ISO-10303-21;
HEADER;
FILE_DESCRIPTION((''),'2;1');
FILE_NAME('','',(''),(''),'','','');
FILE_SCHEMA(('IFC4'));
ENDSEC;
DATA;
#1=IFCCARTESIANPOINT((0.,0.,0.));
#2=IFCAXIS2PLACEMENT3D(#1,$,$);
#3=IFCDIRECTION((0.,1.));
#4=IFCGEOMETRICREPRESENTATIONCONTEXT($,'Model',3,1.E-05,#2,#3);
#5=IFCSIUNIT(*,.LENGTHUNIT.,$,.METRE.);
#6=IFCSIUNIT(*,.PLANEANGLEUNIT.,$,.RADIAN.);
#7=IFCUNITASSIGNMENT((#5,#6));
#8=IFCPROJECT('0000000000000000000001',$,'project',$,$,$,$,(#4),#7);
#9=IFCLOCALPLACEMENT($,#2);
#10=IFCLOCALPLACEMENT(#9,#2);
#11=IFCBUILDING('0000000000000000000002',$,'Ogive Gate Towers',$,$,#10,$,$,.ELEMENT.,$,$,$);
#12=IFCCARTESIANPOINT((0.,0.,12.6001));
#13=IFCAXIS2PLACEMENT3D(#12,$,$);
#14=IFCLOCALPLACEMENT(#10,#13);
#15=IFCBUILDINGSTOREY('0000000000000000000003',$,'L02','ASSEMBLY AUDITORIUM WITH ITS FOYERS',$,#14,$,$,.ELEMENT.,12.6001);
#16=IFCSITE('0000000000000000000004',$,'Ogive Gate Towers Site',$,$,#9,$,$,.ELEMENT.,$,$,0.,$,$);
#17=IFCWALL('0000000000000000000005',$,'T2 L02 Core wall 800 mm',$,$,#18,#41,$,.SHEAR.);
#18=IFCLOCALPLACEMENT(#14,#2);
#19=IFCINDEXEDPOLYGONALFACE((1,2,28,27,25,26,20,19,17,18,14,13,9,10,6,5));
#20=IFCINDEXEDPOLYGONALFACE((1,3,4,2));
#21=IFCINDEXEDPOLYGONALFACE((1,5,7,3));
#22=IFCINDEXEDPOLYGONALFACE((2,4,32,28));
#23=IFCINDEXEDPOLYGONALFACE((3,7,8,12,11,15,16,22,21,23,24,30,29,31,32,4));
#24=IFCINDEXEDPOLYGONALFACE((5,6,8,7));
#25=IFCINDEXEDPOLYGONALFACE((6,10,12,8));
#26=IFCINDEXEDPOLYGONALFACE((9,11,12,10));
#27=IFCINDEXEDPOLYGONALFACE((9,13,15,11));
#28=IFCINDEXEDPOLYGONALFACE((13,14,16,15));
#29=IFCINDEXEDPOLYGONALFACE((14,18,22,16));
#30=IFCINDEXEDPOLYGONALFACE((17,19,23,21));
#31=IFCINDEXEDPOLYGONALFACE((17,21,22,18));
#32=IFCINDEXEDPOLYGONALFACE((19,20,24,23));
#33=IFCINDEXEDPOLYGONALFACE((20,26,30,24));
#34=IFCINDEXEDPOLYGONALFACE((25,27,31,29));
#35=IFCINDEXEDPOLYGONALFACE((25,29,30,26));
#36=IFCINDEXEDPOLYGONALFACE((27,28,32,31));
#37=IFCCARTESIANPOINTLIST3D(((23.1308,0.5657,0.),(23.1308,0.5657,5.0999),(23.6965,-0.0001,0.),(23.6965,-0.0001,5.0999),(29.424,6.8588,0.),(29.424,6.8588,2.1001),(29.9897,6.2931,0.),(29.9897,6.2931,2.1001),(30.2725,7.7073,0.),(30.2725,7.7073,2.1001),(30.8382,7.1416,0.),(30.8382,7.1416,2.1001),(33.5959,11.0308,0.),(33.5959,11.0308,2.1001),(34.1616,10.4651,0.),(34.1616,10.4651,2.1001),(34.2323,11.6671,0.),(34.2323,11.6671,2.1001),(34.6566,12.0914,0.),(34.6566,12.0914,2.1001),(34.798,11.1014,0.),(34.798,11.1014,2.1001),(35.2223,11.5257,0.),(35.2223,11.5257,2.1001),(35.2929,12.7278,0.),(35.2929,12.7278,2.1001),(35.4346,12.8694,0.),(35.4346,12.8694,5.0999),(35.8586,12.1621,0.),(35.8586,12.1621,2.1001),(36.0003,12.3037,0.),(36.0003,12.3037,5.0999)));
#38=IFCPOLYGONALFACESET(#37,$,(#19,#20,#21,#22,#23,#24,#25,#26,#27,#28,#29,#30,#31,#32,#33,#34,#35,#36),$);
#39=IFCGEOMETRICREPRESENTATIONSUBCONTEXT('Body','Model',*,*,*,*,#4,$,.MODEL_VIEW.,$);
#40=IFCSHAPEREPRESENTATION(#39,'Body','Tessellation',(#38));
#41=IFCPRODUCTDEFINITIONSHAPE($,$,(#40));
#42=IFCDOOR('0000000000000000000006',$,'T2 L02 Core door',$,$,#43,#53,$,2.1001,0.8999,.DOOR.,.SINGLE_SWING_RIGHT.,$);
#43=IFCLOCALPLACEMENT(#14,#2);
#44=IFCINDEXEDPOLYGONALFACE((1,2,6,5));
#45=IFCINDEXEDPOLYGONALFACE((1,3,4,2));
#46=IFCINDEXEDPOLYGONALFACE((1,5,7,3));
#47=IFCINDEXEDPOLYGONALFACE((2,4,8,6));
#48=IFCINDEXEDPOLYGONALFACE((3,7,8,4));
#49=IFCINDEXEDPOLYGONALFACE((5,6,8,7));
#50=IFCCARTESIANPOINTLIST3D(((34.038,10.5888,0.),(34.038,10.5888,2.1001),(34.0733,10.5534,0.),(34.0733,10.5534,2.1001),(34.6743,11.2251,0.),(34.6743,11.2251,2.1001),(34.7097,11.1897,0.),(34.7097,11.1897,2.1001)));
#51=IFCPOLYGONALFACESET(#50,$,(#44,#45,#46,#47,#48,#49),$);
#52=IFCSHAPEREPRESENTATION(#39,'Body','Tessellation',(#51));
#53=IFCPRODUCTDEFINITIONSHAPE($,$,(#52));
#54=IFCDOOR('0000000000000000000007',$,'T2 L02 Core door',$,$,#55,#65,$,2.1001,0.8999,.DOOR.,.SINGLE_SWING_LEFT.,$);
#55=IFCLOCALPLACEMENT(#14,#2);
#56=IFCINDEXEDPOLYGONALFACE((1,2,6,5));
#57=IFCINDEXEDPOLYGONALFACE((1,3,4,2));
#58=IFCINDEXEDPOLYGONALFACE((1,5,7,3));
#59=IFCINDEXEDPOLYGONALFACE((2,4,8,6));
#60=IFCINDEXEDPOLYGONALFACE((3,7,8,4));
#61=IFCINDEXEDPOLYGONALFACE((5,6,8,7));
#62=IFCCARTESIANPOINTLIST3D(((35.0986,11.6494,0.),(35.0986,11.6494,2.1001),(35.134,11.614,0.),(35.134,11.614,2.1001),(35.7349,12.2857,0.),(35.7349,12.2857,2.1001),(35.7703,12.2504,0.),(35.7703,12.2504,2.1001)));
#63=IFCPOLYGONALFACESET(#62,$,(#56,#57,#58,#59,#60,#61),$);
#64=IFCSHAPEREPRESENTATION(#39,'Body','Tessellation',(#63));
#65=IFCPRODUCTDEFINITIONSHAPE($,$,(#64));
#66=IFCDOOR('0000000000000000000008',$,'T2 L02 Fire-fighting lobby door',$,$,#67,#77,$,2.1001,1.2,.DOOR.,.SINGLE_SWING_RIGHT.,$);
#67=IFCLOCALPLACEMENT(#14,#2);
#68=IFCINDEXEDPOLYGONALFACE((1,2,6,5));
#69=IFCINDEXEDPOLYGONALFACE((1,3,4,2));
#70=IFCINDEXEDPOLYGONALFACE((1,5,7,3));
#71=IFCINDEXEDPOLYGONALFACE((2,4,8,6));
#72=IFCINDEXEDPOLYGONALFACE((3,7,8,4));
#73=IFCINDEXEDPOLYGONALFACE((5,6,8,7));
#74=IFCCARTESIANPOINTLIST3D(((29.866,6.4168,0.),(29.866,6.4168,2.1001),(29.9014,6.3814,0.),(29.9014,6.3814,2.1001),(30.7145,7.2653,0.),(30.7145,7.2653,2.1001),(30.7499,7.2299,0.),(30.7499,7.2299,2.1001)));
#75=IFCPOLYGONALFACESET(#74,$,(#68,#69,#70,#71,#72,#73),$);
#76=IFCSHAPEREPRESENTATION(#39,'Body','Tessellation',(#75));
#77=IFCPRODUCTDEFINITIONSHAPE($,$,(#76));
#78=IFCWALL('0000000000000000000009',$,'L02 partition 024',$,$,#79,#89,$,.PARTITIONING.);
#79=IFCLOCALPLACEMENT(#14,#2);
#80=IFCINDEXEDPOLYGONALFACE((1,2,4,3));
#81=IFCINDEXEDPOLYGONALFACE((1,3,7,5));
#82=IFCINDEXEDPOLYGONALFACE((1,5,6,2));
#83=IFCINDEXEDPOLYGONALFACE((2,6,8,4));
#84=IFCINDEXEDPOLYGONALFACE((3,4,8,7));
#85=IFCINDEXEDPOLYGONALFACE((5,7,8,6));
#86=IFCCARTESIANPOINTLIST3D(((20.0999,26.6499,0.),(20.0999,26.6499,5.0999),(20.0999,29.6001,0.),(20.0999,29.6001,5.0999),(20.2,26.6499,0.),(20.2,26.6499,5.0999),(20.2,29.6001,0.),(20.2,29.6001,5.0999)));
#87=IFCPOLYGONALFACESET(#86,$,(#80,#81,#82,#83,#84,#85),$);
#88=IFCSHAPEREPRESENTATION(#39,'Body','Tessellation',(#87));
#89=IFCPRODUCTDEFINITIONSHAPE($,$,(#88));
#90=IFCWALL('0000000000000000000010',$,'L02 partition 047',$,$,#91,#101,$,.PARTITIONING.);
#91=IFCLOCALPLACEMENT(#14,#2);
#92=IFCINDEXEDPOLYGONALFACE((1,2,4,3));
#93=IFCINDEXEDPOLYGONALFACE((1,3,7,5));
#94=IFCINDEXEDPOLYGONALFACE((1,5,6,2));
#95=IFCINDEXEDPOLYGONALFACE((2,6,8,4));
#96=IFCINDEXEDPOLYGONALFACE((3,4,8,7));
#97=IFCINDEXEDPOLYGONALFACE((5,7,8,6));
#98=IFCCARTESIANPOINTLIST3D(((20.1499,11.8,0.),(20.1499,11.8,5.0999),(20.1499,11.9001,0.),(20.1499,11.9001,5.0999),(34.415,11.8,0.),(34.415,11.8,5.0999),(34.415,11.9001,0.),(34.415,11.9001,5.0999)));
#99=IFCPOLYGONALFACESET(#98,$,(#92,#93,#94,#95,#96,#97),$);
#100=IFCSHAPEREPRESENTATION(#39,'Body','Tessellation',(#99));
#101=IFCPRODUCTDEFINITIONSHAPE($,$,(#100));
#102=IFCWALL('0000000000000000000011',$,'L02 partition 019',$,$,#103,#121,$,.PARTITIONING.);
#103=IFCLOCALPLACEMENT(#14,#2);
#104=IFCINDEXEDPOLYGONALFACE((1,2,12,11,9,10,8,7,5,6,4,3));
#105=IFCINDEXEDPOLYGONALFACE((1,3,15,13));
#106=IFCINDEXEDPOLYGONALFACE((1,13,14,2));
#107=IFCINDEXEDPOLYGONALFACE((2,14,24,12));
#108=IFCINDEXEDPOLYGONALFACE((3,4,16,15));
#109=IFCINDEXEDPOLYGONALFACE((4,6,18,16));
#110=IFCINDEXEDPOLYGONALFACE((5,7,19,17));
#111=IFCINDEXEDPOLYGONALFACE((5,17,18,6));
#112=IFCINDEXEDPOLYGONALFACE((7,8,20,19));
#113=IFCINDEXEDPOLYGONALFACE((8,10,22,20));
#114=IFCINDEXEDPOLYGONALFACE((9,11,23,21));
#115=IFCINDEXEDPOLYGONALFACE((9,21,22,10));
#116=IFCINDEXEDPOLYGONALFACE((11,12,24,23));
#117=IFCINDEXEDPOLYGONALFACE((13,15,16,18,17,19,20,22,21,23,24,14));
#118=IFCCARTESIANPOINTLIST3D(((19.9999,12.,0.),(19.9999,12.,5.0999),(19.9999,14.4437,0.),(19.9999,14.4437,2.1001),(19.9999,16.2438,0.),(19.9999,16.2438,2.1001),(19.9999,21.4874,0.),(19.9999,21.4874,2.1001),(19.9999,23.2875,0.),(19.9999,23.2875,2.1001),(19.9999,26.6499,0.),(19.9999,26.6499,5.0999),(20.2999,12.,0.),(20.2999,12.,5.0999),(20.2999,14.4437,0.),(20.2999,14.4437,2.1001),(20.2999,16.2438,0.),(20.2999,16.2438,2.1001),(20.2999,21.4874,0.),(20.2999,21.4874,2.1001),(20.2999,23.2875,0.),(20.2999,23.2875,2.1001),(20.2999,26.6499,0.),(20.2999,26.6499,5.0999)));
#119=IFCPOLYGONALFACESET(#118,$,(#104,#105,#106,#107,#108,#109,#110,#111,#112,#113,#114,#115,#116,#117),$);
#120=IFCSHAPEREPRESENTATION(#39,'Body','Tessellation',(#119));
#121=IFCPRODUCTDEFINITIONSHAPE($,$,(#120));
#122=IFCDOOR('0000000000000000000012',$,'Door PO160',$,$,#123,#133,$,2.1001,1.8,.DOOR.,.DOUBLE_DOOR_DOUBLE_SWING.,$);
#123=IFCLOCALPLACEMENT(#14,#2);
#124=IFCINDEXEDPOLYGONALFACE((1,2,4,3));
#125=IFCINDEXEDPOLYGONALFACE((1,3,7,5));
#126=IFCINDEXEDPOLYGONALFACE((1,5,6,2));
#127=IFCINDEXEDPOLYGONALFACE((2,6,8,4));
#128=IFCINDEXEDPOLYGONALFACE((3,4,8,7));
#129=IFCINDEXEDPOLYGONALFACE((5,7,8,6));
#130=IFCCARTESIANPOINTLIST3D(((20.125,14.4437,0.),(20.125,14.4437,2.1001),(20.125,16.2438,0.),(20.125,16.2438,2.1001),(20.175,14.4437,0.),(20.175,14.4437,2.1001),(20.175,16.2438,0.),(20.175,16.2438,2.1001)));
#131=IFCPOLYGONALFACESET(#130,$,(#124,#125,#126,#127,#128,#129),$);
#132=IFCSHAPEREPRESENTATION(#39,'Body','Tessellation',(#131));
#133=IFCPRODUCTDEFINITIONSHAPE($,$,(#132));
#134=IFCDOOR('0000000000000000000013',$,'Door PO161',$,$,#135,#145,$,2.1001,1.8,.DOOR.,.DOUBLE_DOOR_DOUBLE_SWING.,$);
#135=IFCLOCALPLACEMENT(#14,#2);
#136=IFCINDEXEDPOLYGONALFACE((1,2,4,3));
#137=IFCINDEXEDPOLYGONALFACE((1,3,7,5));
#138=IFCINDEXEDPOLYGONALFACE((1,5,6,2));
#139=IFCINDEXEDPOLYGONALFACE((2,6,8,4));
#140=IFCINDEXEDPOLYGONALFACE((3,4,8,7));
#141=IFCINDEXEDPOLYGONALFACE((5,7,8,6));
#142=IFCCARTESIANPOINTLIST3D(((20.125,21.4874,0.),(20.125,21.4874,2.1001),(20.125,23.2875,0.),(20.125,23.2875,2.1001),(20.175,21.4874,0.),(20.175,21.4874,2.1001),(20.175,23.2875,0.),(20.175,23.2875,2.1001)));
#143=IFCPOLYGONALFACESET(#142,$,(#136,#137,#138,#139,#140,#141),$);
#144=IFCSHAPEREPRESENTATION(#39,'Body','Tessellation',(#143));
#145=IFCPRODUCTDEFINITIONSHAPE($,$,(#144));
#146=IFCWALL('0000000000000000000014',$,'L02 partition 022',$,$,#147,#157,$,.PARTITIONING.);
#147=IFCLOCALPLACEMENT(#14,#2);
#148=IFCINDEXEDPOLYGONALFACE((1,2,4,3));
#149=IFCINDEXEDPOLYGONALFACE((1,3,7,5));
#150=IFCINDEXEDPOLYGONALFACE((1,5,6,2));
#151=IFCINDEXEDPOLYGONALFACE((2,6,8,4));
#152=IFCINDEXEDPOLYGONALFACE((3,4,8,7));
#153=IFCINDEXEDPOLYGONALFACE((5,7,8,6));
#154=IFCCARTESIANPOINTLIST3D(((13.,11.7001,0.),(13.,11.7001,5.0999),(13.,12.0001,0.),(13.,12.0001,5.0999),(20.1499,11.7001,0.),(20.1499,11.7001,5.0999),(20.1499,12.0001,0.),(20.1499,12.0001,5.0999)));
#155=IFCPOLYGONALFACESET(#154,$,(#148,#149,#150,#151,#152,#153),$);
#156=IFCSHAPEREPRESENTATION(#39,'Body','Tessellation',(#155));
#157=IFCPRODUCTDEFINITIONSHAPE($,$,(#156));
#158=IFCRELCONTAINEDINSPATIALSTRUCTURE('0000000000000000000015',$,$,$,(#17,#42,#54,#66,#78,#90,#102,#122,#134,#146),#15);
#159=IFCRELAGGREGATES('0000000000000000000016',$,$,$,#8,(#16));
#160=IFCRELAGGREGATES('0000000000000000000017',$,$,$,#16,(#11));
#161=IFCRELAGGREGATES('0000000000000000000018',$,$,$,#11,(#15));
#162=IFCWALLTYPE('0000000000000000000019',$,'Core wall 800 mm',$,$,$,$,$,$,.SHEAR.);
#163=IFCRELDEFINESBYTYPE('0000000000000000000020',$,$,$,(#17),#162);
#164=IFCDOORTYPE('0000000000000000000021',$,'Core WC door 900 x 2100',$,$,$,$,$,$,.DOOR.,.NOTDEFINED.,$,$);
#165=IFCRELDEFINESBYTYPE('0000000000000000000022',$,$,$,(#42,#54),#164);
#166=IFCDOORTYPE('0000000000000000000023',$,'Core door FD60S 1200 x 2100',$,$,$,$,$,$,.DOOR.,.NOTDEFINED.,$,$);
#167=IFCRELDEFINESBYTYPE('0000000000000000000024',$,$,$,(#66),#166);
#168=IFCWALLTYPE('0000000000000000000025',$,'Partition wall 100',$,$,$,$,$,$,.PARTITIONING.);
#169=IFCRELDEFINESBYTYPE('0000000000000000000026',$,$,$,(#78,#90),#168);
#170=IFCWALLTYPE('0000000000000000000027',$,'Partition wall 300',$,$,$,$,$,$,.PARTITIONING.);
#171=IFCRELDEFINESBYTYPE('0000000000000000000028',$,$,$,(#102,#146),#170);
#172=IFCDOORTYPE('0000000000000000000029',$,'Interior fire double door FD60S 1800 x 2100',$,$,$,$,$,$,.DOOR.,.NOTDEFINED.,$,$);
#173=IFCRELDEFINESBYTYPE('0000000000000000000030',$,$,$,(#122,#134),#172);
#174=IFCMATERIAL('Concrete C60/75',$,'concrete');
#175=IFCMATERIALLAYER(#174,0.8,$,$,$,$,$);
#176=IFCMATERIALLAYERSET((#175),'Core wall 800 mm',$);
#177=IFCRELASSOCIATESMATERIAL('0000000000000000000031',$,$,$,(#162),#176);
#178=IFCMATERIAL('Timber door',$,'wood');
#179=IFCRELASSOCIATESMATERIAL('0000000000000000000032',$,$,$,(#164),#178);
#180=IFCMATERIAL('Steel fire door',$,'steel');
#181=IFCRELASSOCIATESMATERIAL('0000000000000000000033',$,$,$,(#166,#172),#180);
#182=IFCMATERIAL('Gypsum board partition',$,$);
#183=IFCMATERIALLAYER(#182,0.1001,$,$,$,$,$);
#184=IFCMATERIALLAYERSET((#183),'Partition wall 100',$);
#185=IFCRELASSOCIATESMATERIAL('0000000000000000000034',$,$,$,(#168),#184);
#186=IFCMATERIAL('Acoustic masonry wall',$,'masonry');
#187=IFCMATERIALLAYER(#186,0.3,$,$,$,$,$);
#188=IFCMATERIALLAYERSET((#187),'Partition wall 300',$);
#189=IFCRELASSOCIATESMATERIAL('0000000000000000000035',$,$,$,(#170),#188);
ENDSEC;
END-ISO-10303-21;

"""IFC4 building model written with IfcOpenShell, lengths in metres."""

from ifc_helpers import new_model, si_unit, direction, frame, frame_2d, origin, place, context, subcontext, project, spatial, rectangle, extrude, material, layer, layer_set, type_object, element, fill, save


model = new_model("IFC4")

# Units and contexts
model_context = context("Model", 3, precision=1e-05, world=origin(), true_north=direction((0.0, 1.0)))
body_context = subcontext(model_context, "Body", "Model", "MODEL_VIEW")
ifc_project = project(units=[si_unit("LENGTHUNIT", "METRE"), si_unit("PLANEANGLEUNIT", "RADIAN")], contexts=[model_context])

# Site, building, storey
site_placement = place(None, origin())
site = spatial("IfcSite", under=ifc_project, at=site_placement, Name="Ogive Gate Towers Site", CompositionType="ELEMENT", RefElevation=0.0)
building_placement = place(site_placement, origin())
building = spatial("IfcBuilding", under=site, at=building_placement, Name="Ogive Gate Towers", CompositionType="ELEMENT")
storey_placement = place(building_placement, frame((0.0, 0.0, 12.6001)))
storey = spatial("IfcBuildingStorey", under=building, at=storey_placement, Name="L02", Description="ASSEMBLY AUDITORIUM WITH ITS FOYERS", CompositionType="ELEMENT", Elevation=12.6001)

# Wall, openings, doors
ifc_material_1 = material(Name="Concrete C60/75", Category="concrete")
ifc_layer_1 = layer(ifc_material_1, 0.8)
ifc_layer_set_1 = layer_set([ifc_layer_1], Name="Core wall 800 mm")
wall_type_1 = type_object("IfcWallType", Name="Core wall 800 mm", PredefinedType="SHEAR", material=ifc_layer_set_1)
wall_1_placement = place(storey_placement, frame((23.4136, 0.2827, 0.0), z_axis=(0.0, 0.0, 1.0), x_axis=(0.707107, 0.707107, 0.0)))
wall_1 = element("IfcWall", 1, at=wall_1_placement, inside=storey, type_object=wall_type_1, Name="T2 L02 Core wall 800 mm", PredefinedType="SHEAR", context=body_context, shape_type="SweptSolid", body=[
    extrude(rectangle(XDim=17.4001, YDim=0.8, at=frame_2d((8.7002, 0.0))), origin(), (0.0, 0.0, 1.0), 5.0999),
])
opening_1_placement = place(wall_1_placement, frame((8.8999, 0.0, 0.0)))
opening_1 = element("IfcOpeningElement", 2, at=opening_1_placement, cuts=wall_1, PredefinedType="OPENING", context=body_context, shape_type="SweptSolid", body=[
    extrude(rectangle(XDim=1.2, YDim=2.1001, at=frame_2d((0.6001, 1.05))), frame((0.0, 0.4102, 0.0), z_axis=(0.0, -1.0, 0.0), x_axis=(1.0, 0.0, 0.0)), (0.0, 0.0, 1.0), 0.8201),
])
opening_2_placement = place(wall_1_placement, frame((14.8, 0.0, 0.0)))
opening_2 = element("IfcOpeningElement", 3, at=opening_2_placement, cuts=wall_1, PredefinedType="OPENING", context=body_context, shape_type="SweptSolid", body=[
    extrude(rectangle(XDim=0.8999, YDim=2.1001, at=frame_2d((0.45, 1.05))), frame((0.0, 0.4102, 0.0), z_axis=(0.0, -1.0, 0.0), x_axis=(1.0, 0.0, 0.0)), (0.0, 0.0, 1.0), 0.8201),
])
opening_3_placement = place(wall_1_placement, frame((16.3, 0.0, 0.0)))
opening_3 = element("IfcOpeningElement", 4, at=opening_3_placement, cuts=wall_1, PredefinedType="OPENING", context=body_context, shape_type="SweptSolid", body=[
    extrude(rectangle(XDim=0.8999, YDim=2.1001, at=frame_2d((0.45, 1.05))), frame((0.0, 0.4102, 0.0), z_axis=(0.0, -1.0, 0.0), x_axis=(1.0, 0.0, 0.0)), (0.0, 0.0, 1.0), 0.8201),
])
ifc_material_2 = material(Name="Timber door", Category="wood")
door_type_1 = type_object("IfcDoorType", Name="Core WC door 900 x 2100", OperationType="NOTDEFINED", PredefinedType="DOOR", material=ifc_material_2)
door_1_placement = place(opening_2_placement, origin())
door_1 = element("IfcDoor", 5, at=door_1_placement, inside=storey, type_object=door_type_1, Name="T2 L02 Core door", OperationType="SINGLE_SWING_RIGHT", OverallHeight=2.1001, OverallWidth=0.8999, PredefinedType="DOOR", context=body_context, shape_type="SweptSolid", body=[
    extrude(rectangle(XDim=0.8999, YDim=2.1001, at=frame_2d((0.45, 1.05))), frame((0.0, -0.2251, 0.0), z_axis=(0.0, -1.0, 0.0), x_axis=(1.0, 0.0, 0.0)), (0.0, 0.0, 1.0), 0.05),
])
fill(opening_2, door_1)
door_2_placement = place(opening_3_placement, origin())
door_2 = element("IfcDoor", 6, at=door_2_placement, inside=storey, type_object=door_type_1, Name="T2 L02 Core door", OperationType="SINGLE_SWING_LEFT", OverallHeight=2.1001, OverallWidth=0.8999, PredefinedType="DOOR", context=body_context, shape_type="SweptSolid", body=[
    extrude(rectangle(XDim=0.8999, YDim=2.1001, at=frame_2d((0.45, 1.05))), frame((0.0, -0.2251, 0.0), z_axis=(0.0, -1.0, 0.0), x_axis=(1.0, 0.0, 0.0)), (0.0, 0.0, 1.0), 0.05),
])
fill(opening_3, door_2)
ifc_material_3 = material(Name="Steel fire door", Category="steel")
door_type_2 = type_object("IfcDoorType", Name="Core door FD60S 1200 x 2100", OperationType="NOTDEFINED", PredefinedType="DOOR", material=ifc_material_3)
door_3_placement = place(opening_1_placement, origin())
door_3 = element("IfcDoor", 7, at=door_3_placement, inside=storey, type_object=door_type_2, Name="T2 L02 Fire-fighting lobby door", OperationType="SINGLE_SWING_RIGHT", OverallHeight=2.1001, OverallWidth=1.2, PredefinedType="DOOR", context=body_context, shape_type="SweptSolid", body=[
    extrude(rectangle(XDim=1.2, YDim=2.1001, at=frame_2d((0.6001, 1.05))), frame((0.0, -0.2251, 0.0), z_axis=(0.0, -1.0, 0.0), x_axis=(1.0, 0.0, 0.0)), (0.0, 0.0, 1.0), 0.05),
])
fill(opening_1, door_3)

# Walls
ifc_material_4 = material(Name="Gypsum board partition")
ifc_layer_2 = layer(ifc_material_4, 0.1001)
ifc_layer_set_2 = layer_set([ifc_layer_2], Name="Partition wall 100")
wall_type_2 = type_object("IfcWallType", Name="Partition wall 100", PredefinedType="PARTITIONING", material=ifc_layer_set_2)
wall_2_placement = place(storey_placement, frame((20.1499, 26.6499, 0.0), z_axis=(0.0, 0.0, 1.0), x_axis=(0.0, 1.0, 0.0)))
element("IfcWall", 8, at=wall_2_placement, inside=storey, type_object=wall_type_2, Name="L02 partition 024", PredefinedType="PARTITIONING", context=body_context, shape_type="SweptSolid", body=[
    extrude(rectangle(XDim=2.9502, YDim=0.1001, at=frame_2d((1.4751, 0.0))), origin(), (0.0, 0.0, 1.0), 5.0999),
])
wall_3_placement = place(storey_placement, frame((20.1499, 11.8501, 0.0), z_axis=(0.0, 0.0, 1.0), x_axis=(1.0, 0.0, 0.0)))
element("IfcWall", 9, at=wall_3_placement, inside=storey, type_object=wall_type_2, Name="L02 partition 047", PredefinedType="PARTITIONING", context=body_context, shape_type="SweptSolid", body=[
    extrude(rectangle(XDim=14.2651, YDim=0.1001, at=frame_2d((7.1326, 0.0))), origin(), (0.0, 0.0, 1.0), 5.0999),
])

# Wall, openings, doors
ifc_material_5 = material(Name="Acoustic masonry wall", Category="masonry")
ifc_layer_3 = layer(ifc_material_5, 0.3)
ifc_layer_set_3 = layer_set([ifc_layer_3], Name="Partition wall 300")
wall_type_3 = type_object("IfcWallType", Name="Partition wall 300", PredefinedType="PARTITIONING", material=ifc_layer_set_3)
wall_4_placement = place(storey_placement, frame((20.1499, 12.0, 0.0), z_axis=(0.0, 0.0, 1.0), x_axis=(0.0, 1.0, 0.0)))
wall_4 = element("IfcWall", 10, at=wall_4_placement, inside=storey, type_object=wall_type_3, Name="L02 partition 019", PredefinedType="PARTITIONING", context=body_context, shape_type="SweptSolid", body=[
    extrude(rectangle(XDim=14.6499, YDim=0.3, at=frame_2d((7.325, 0.0))), origin(), (0.0, 0.0, 1.0), 5.0999),
])
opening_4_placement = place(wall_4_placement, frame((2.4438, 0.0, 0.0)))
opening_4 = element("IfcOpeningElement", 11, at=opening_4_placement, cuts=wall_4, PredefinedType="OPENING", context=body_context, shape_type="SweptSolid", body=[
    extrude(rectangle(XDim=1.8, YDim=2.1001, at=frame_2d((0.8999, 1.05))), frame((0.0, 0.1602, 0.0), z_axis=(0.0, -1.0, 0.0), x_axis=(1.0, 0.0, 0.0)), (0.0, 0.0, 1.0), 0.3201),
])
opening_5_placement = place(wall_4_placement, frame((9.4875, 0.0, 0.0)))
opening_5 = element("IfcOpeningElement", 12, at=opening_5_placement, cuts=wall_4, PredefinedType="OPENING", context=body_context, shape_type="SweptSolid", body=[
    extrude(rectangle(XDim=1.8, YDim=2.1001, at=frame_2d((0.8999, 1.05))), frame((0.0, 0.1602, 0.0), z_axis=(0.0, -1.0, 0.0), x_axis=(1.0, 0.0, 0.0)), (0.0, 0.0, 1.0), 0.3201),
])
door_type_3 = type_object("IfcDoorType", Name="Interior fire double door FD60S 1800 x 2100", OperationType="NOTDEFINED", PredefinedType="DOOR", material=ifc_material_3)
door_4_placement = place(opening_4_placement, origin())
door_4 = element("IfcDoor", 13, at=door_4_placement, inside=storey, type_object=door_type_3, Name="Door PO160", OperationType="DOUBLE_DOOR_DOUBLE_SWING", OverallHeight=2.1001, OverallWidth=1.8, PredefinedType="DOOR", context=body_context, shape_type="SweptSolid", body=[
    extrude(rectangle(XDim=1.8, YDim=2.1001, at=frame_2d((0.8999, 1.05))), frame((0.0, 0.0249, 0.0), z_axis=(0.0, -1.0, 0.0), x_axis=(1.0, 0.0, 0.0)), (0.0, 0.0, 1.0), 0.05),
])
fill(opening_4, door_4)
door_5_placement = place(opening_5_placement, origin())
door_5 = element("IfcDoor", 14, at=door_5_placement, inside=storey, type_object=door_type_3, Name="Door PO161", OperationType="DOUBLE_DOOR_DOUBLE_SWING", OverallHeight=2.1001, OverallWidth=1.8, PredefinedType="DOOR", context=body_context, shape_type="SweptSolid", body=[
    extrude(rectangle(XDim=1.8, YDim=2.1001, at=frame_2d((0.8999, 1.05))), frame((0.0, 0.0249, 0.0), z_axis=(0.0, -1.0, 0.0), x_axis=(1.0, 0.0, 0.0)), (0.0, 0.0, 1.0), 0.05),
])
fill(opening_5, door_5)

# Wall
wall_5_placement = place(storey_placement, frame((13.0, 11.8501, 0.0), z_axis=(0.0, 0.0, 1.0), x_axis=(1.0, 0.0, 0.0)))
element("IfcWall", 15, at=wall_5_placement, inside=storey, type_object=wall_type_3, Name="L02 partition 022", PredefinedType="PARTITIONING", context=body_context, shape_type="SweptSolid", body=[
    extrude(rectangle(XDim=7.1499, YDim=0.3, at=frame_2d((3.575, 0.0))), origin(), (0.0, 0.0, 1.0), 5.0999),
])

save(model, "model.ifc")
